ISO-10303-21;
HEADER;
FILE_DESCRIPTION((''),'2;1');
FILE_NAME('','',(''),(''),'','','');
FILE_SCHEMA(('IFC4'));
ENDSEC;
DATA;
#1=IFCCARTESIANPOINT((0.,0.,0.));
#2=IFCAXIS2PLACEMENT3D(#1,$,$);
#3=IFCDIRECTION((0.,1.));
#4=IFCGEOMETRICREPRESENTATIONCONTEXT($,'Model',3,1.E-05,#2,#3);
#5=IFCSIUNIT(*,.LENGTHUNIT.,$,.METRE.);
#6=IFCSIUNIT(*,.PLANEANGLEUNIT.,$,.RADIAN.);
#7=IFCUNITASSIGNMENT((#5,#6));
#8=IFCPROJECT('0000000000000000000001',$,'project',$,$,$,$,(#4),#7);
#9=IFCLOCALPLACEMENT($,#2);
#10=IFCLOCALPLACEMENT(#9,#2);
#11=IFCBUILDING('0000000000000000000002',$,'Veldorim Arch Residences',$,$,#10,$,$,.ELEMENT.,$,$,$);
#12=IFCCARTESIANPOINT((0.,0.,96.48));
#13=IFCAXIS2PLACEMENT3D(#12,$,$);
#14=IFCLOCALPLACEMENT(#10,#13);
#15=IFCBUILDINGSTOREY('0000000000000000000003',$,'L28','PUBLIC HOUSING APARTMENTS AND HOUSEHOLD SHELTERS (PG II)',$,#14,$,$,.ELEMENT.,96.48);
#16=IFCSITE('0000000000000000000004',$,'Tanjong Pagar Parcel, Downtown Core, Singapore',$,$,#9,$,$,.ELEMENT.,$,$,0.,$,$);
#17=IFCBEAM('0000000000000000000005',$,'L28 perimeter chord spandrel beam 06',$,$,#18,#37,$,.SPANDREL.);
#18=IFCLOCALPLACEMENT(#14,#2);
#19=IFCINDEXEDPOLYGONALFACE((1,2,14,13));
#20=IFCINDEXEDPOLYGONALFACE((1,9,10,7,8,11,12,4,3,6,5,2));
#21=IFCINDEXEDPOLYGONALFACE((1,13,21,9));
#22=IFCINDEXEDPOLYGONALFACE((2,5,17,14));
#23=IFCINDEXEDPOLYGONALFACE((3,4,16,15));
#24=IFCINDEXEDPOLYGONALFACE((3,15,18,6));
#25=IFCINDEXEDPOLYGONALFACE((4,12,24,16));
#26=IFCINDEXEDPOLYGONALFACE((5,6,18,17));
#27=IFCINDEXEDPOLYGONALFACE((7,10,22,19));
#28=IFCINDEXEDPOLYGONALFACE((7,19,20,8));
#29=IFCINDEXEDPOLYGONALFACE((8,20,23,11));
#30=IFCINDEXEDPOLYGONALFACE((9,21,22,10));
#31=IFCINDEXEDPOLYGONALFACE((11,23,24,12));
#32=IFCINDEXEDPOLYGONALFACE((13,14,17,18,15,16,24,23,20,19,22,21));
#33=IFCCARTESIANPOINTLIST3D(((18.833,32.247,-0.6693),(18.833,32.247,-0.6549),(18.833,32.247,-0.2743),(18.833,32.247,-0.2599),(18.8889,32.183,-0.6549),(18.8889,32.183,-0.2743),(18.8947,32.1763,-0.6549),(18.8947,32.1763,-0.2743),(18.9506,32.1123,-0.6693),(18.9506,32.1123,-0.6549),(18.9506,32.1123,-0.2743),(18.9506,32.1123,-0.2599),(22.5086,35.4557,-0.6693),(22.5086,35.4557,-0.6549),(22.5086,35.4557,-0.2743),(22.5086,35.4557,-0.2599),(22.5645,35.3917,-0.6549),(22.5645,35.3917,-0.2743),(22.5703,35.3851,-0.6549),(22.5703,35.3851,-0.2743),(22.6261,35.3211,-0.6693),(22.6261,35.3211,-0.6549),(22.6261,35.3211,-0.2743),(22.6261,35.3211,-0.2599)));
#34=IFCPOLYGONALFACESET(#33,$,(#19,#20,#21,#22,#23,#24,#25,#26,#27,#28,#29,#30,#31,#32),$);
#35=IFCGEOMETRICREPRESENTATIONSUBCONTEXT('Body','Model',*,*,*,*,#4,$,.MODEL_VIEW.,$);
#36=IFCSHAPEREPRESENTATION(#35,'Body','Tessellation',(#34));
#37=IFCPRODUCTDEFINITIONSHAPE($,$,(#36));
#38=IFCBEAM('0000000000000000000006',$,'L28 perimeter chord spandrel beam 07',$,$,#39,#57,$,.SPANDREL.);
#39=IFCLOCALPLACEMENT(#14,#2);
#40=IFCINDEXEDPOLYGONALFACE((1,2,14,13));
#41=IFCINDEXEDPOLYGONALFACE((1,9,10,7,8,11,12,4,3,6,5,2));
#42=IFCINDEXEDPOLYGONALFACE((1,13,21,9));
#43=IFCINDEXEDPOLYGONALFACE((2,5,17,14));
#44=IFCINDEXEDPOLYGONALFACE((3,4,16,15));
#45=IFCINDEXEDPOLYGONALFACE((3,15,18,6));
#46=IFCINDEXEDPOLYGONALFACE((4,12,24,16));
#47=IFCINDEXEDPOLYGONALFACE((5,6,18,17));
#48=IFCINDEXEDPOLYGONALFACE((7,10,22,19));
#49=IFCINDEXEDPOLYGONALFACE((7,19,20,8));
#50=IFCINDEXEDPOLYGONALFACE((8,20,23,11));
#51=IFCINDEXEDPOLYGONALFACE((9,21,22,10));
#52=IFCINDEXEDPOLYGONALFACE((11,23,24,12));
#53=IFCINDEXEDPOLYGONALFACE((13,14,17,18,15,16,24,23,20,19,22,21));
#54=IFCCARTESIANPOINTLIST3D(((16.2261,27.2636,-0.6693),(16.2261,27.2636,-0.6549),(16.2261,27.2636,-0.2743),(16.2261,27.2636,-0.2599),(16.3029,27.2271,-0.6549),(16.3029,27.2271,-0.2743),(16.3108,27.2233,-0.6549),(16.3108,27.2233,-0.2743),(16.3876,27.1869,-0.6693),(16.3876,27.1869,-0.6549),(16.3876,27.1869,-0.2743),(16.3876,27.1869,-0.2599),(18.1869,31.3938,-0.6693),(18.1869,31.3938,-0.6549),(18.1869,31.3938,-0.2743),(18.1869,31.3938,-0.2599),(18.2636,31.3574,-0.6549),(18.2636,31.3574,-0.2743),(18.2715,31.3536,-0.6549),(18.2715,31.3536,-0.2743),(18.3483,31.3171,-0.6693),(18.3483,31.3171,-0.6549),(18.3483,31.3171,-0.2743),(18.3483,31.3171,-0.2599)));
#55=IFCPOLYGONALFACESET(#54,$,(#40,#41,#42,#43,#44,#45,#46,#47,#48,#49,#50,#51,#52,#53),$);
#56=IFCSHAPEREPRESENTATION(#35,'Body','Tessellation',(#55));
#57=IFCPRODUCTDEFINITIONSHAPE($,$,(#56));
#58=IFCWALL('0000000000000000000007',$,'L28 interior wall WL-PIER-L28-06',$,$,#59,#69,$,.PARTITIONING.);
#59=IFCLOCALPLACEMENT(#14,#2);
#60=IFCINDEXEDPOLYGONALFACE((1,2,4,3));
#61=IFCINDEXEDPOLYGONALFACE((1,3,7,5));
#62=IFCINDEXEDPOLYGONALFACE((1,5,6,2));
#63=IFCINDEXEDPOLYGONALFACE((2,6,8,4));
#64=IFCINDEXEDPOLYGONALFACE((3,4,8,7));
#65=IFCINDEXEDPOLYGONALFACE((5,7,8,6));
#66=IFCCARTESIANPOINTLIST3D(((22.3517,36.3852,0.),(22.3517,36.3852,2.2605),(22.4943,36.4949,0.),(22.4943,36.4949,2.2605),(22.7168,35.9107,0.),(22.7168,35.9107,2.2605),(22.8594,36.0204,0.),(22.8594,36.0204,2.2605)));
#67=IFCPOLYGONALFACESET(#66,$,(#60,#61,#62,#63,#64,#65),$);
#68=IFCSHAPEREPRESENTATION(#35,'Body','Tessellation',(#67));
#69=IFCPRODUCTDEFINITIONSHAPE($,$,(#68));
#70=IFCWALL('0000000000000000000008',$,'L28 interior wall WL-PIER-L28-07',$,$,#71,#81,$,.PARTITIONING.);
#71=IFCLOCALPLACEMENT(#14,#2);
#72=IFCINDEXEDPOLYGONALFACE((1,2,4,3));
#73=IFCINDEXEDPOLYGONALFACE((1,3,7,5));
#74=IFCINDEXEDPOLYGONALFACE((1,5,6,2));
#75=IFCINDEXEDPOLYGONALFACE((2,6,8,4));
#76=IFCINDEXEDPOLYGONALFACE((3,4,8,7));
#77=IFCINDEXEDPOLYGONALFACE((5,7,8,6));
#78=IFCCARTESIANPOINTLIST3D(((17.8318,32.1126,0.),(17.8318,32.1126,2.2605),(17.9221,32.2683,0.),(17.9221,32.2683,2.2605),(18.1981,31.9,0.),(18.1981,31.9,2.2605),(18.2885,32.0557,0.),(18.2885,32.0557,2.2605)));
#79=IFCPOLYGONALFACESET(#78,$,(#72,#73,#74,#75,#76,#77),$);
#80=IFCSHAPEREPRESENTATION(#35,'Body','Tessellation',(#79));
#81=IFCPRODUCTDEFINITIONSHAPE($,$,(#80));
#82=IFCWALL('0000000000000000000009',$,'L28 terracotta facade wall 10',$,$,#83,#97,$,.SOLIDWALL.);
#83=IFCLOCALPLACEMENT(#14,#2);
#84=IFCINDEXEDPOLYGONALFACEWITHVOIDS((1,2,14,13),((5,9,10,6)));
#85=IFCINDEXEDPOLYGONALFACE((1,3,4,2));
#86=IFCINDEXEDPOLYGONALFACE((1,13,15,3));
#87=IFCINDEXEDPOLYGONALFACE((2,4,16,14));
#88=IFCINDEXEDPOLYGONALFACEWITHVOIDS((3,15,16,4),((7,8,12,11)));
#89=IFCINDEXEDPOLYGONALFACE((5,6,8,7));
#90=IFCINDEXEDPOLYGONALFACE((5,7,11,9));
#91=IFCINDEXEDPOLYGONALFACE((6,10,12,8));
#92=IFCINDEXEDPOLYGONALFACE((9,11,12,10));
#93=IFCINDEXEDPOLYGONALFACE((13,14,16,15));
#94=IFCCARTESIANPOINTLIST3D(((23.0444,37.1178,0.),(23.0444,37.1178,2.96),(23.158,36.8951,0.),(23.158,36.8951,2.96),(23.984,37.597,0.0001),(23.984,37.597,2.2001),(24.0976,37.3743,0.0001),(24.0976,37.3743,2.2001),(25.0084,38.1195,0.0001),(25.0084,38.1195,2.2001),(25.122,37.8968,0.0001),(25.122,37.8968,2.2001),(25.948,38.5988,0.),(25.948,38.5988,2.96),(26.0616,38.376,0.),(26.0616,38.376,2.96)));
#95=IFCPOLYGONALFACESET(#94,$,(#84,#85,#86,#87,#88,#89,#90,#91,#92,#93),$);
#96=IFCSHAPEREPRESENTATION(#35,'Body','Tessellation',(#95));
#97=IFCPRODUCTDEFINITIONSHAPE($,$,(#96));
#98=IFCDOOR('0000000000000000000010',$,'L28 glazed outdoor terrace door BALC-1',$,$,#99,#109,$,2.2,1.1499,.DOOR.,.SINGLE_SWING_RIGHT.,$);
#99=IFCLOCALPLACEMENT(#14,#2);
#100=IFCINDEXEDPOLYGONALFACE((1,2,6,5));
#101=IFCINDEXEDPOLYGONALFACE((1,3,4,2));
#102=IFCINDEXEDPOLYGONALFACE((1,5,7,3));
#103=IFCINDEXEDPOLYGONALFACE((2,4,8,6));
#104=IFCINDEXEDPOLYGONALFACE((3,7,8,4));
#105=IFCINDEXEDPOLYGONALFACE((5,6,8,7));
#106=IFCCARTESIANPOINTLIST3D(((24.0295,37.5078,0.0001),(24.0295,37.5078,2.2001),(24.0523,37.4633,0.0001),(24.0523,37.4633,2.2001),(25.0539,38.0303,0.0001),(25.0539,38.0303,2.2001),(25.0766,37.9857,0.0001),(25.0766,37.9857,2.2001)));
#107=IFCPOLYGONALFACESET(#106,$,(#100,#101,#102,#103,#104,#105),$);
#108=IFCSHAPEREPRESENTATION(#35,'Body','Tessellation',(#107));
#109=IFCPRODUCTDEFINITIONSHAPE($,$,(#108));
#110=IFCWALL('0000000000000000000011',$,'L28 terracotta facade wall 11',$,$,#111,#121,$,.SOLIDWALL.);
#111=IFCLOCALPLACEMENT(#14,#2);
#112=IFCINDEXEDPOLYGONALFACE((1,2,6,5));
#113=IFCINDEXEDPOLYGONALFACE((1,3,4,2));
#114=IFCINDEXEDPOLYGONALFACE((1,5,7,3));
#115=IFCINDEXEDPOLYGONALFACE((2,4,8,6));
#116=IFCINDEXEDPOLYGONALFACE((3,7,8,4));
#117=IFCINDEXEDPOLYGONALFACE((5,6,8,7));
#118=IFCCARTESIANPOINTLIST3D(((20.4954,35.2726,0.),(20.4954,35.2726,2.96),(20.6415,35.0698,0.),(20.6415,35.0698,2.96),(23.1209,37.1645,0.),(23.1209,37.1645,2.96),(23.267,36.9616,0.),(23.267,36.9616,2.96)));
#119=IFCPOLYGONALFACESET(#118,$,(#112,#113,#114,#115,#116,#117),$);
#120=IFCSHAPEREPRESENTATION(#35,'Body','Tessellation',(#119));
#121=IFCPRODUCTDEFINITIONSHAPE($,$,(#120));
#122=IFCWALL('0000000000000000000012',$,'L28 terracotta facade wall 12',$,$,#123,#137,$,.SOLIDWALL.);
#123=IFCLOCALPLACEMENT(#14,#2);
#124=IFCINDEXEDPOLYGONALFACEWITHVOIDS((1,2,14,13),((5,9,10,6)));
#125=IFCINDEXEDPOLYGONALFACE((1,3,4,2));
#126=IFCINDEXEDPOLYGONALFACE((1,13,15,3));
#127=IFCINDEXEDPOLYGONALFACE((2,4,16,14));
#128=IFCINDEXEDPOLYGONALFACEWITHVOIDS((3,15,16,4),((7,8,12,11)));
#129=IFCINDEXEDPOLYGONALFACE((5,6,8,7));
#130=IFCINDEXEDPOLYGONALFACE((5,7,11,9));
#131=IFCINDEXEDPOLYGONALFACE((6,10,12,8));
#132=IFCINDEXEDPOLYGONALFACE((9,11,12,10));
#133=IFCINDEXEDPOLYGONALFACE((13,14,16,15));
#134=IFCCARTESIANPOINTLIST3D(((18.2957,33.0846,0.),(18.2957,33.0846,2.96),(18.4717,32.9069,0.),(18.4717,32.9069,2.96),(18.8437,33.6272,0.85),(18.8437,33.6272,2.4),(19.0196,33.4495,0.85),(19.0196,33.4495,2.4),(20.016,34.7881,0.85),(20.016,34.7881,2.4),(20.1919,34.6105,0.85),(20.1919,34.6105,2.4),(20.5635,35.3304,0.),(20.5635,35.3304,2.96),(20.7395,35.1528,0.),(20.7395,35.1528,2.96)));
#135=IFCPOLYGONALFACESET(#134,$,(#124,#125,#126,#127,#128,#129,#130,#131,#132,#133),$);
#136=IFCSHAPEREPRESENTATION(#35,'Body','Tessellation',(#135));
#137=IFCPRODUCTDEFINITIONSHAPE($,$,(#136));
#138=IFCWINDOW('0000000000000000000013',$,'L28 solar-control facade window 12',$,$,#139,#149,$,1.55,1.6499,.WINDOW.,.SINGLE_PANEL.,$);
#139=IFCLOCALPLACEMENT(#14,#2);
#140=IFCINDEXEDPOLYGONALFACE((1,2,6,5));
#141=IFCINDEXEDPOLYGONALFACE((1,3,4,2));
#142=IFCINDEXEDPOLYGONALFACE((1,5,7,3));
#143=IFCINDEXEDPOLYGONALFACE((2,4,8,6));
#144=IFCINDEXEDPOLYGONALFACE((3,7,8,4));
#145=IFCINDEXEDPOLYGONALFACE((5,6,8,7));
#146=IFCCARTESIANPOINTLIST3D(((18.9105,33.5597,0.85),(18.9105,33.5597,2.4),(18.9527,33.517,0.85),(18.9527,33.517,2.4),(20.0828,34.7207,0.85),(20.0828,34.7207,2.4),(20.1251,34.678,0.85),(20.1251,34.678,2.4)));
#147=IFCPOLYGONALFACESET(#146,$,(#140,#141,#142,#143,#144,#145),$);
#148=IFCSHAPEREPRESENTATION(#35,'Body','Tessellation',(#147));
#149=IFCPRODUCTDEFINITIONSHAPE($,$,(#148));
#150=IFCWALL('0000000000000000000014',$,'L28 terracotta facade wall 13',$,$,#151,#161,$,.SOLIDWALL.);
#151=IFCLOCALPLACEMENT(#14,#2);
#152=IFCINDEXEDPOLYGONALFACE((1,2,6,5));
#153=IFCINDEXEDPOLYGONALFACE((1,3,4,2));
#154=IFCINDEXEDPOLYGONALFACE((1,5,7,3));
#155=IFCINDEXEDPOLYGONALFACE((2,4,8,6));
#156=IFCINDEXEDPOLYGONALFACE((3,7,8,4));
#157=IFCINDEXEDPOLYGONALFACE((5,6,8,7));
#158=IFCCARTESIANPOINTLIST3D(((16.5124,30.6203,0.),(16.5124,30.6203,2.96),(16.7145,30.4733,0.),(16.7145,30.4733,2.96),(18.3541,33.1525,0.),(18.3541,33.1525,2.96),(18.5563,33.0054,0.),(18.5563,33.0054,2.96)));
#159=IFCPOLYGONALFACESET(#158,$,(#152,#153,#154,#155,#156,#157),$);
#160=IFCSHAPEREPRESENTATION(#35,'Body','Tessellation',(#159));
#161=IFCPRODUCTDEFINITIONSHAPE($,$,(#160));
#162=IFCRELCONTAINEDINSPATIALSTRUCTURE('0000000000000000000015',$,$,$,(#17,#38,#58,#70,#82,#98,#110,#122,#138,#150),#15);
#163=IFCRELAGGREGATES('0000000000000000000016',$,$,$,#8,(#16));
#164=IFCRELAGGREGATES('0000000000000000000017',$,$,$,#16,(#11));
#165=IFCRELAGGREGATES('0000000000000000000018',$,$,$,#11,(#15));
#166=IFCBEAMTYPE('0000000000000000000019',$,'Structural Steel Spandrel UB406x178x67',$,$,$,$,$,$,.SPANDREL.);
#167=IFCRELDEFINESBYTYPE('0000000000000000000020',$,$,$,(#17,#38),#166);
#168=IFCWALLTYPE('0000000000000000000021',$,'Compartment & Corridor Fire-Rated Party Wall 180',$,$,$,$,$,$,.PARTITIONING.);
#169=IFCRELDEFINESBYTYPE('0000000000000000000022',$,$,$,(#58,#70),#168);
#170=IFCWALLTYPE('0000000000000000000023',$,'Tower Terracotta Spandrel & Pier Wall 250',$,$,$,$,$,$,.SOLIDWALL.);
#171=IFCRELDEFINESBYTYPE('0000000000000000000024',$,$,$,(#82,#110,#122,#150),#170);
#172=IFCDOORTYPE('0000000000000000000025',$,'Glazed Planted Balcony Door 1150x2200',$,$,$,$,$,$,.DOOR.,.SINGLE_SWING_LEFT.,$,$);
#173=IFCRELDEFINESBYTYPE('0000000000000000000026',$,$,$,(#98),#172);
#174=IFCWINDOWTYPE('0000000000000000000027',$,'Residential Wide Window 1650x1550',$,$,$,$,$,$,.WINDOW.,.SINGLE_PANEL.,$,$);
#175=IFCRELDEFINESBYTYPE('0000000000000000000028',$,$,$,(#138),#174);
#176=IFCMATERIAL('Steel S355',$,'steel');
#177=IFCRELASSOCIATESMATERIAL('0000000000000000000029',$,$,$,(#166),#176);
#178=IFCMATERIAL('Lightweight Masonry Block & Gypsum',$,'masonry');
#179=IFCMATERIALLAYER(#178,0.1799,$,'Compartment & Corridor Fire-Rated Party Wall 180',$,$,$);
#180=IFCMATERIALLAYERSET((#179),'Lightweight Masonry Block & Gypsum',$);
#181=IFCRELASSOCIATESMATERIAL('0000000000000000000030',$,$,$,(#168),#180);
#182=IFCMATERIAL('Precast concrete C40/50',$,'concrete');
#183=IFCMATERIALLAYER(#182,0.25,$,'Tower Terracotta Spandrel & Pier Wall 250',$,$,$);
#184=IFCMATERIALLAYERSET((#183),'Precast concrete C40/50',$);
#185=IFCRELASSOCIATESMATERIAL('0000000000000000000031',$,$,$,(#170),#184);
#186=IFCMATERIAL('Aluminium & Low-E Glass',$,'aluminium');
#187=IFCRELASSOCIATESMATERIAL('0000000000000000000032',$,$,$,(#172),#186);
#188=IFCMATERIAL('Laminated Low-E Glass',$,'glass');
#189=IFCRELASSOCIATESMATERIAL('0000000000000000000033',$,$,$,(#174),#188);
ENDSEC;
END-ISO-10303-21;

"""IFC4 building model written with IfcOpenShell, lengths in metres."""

from ifc_helpers import new_model, si_unit, direction, frame, frame_2d, origin, origin_2d, place, context, subcontext, project, spatial, rectangle, i_section, extrude, material, layer, layer_set, material_profile, profile_set, type_object, element, fill, save


model = new_model("IFC4")

# Units and contexts
model_context = context("Model", 3, precision=1e-05, world=origin(), true_north=direction((0.0, 1.0)))
body_context = subcontext(model_context, "Body", "Model", "MODEL_VIEW")
ifc_project = project(units=[si_unit("LENGTHUNIT", "METRE"), si_unit("PLANEANGLEUNIT", "RADIAN")], contexts=[model_context])

# Site, building, storey
site_placement = place(None, origin())
site = spatial("IfcSite", under=ifc_project, at=site_placement, Name="Tanjong Pagar Parcel, Downtown Core, Singapore", CompositionType="ELEMENT", RefElevation=0.0)
building_placement = place(site_placement, origin())
building = spatial("IfcBuilding", under=site, at=building_placement, Name="Veldorim Arch Residences", CompositionType="ELEMENT")
storey_placement = place(building_placement, frame((0.0, 0.0, 96.48)))
storey = spatial("IfcBuildingStorey", under=building, at=storey_placement, Name="L28", Description="PUBLIC HOUSING APARTMENTS AND HOUSEHOLD SHELTERS (PG II)", CompositionType="ELEMENT", Elevation=96.48)

# Beams
ifc_material_1 = material(Name="Steel S355", Category="steel")
ifc_material_profile_1 = material_profile(ifc_material_1, i_section(OverallWidth=0.1787, OverallDepth=0.4094, WebThickness=0.0088, FlangeThickness=0.0144, at=origin_2d()), Name="UB406x178x67")
ifc_profile_set_1 = profile_set([ifc_material_profile_1], Name="Steel S355")
beam_type_1 = type_object("IfcBeamType", Name="Structural Steel Spandrel UB406x178x67", PredefinedType="SPANDREL", material=ifc_profile_set_1)
beam_1_placement = place(storey_placement, frame((22.5674, 35.3884, -0.4646), z_axis=(-0.753323, -0.65765, 0.0), x_axis=(0.65765, -0.753323, 0.0)))
element("IfcBeam", 1, at=beam_1_placement, inside=storey, type_object=beam_type_1, Name="L28 perimeter chord spandrel beam 06", PredefinedType="SPANDREL", context=body_context, shape_type="SweptSolid", body=[
    extrude(i_section(OverallWidth=0.1787, OverallDepth=0.4094, WebThickness=0.0088, FlangeThickness=0.0144, at=origin_2d()), origin(), (0.0, 0.0, 1.0), 4.8792),
])
beam_2_placement = place(storey_placement, frame((18.2676, 31.3555, -0.4646), z_axis=(-0.428857, -0.903372, 0.0), x_axis=(0.903372, -0.428857, 0.0)))
element("IfcBeam", 2, at=beam_2_placement, inside=storey, type_object=beam_type_1, Name="L28 perimeter chord spandrel beam 07", PredefinedType="SPANDREL", context=body_context, shape_type="SweptSolid", body=[
    extrude(i_section(OverallWidth=0.1787, OverallDepth=0.4094, WebThickness=0.0088, FlangeThickness=0.0144, at=origin_2d()), origin(), (0.0, 0.0, 1.0), 4.572),
])

# Walls
ifc_material_2 = material(Name="Lightweight Masonry Block & Gypsum", Category="masonry")
ifc_layer_1 = layer(ifc_material_2, 0.1799, Name="Compartment & Corridor Fire-Rated Party Wall 180")
ifc_layer_set_1 = layer_set([ifc_layer_1], Name="Lightweight Masonry Block & Gypsum")
wall_type_1 = type_object("IfcWallType", Name="Compartment & Corridor Fire-Rated Party Wall 180", PredefinedType="PARTITIONING", material=ifc_layer_set_1)
wall_1_placement = place(storey_placement, frame((22.7881, 35.9656, 0.0), z_axis=(0.0, 0.0, 1.0), x_axis=(-0.609809, 0.792548, 0.0)))
element("IfcWall", 3, at=wall_1_placement, inside=storey, type_object=wall_type_1, Name="L28 interior wall WL-PIER-L28-06", PredefinedType="PARTITIONING", context=body_context, shape_type="SweptSolid", body=[
    extrude(rectangle(XDim=0.5986, YDim=0.1799, at=frame_2d((0.2993, 0.0))), origin(), (0.0, 0.0, 1.0), 2.2605),
])
wall_2_placement = place(storey_placement, frame((18.2434, 31.9778, 0.0), z_axis=(0.0, 0.0, 1.0), x_axis=(-0.864926, 0.501899, 0.0)))
element("IfcWall", 4, at=wall_2_placement, inside=storey, type_object=wall_type_1, Name="L28 interior wall WL-PIER-L28-07", PredefinedType="PARTITIONING", context=body_context, shape_type="SweptSolid", body=[
    extrude(rectangle(XDim=0.4236, YDim=0.1799, at=frame_2d((0.2119, 0.0))), origin(), (0.0, 0.0, 1.0), 2.2605),
])

# Wall, opening, door
ifc_material_3 = material(Name="Precast concrete C40/50", Category="concrete")
ifc_layer_2 = layer(ifc_material_3, 0.25, Name="Tower Terracotta Spandrel & Pier Wall 250")
ifc_layer_set_2 = layer_set([ifc_layer_2], Name="Precast concrete C40/50")
wall_type_2 = type_object("IfcWallType", Name="Tower Terracotta Spandrel & Pier Wall 250", PredefinedType="SOLIDWALL", material=ifc_layer_set_2)
wall_3_placement = place(storey_placement, frame((23.1011, 37.0063, 0.0), z_axis=(0.0, 0.0, 1.0), x_axis=(0.890818, 0.45436, 0.0)))
wall_3 = element("IfcWall", 5, at=wall_3_placement, inside=storey, type_object=wall_type_2, Name="L28 terracotta facade wall 10", PredefinedType="SOLIDWALL", context=body_context, shape_type="SweptSolid", body=[
    extrude(rectangle(XDim=3.2595, YDim=0.25, at=frame_2d((1.6299, 0.0))), origin(), (0.0, 0.0, 1.0), 2.96),
])
opening_1_placement = place(wall_3_placement, frame((1.0549, 0.0, 0.0)))
opening_1 = element("IfcOpeningElement", 6, at=opening_1_placement, cuts=wall_3, PredefinedType="OPENING", context=body_context, shape_type="SweptSolid", body=[
    extrude(rectangle(XDim=1.1499, YDim=2.2, at=frame_2d((0.575, 1.1001))), frame((0.0, 0.135, 0.0), z_axis=(0.0, -1.0, 0.0), x_axis=(1.0, 0.0, 0.0)), (0.0, 0.0, 1.0), 0.27),
])
ifc_material_4 = material(Name="Aluminium & Low-E Glass", Category="aluminium")
door_type_1 = type_object("IfcDoorType", Name="Glazed Planted Balcony Door 1150x2200", OperationType="SINGLE_SWING_LEFT", PredefinedType="DOOR", material=ifc_material_4)
door_1_placement = place(opening_1_placement, origin())
door_1 = element("IfcDoor", 7, at=door_1_placement, inside=storey, type_object=door_type_1, Name="L28 glazed outdoor terrace door BALC-1", OperationType="SINGLE_SWING_RIGHT", OverallHeight=2.2, OverallWidth=1.1499, PredefinedType="DOOR", context=body_context, shape_type="SweptSolid", body=[
    extrude(rectangle(XDim=1.1499, YDim=2.2, at=frame_2d((0.575, 1.1001))), frame((0.0, 0.0249, 0.0), z_axis=(0.0, -1.0, 0.0), x_axis=(1.0, 0.0, 0.0)), (0.0, 0.0, 1.0), 0.05),
])
fill(opening_1, door_1)

# Wall
wall_4_placement = place(storey_placement, frame((20.5684, 35.1711, 0.0), z_axis=(0.0, 0.0, 1.0), x_axis=(0.811315, 0.584609, 0.0)))
element("IfcWall", 8, at=wall_4_placement, inside=storey, type_object=wall_type_2, Name="L28 terracotta facade wall 11", PredefinedType="SOLIDWALL", context=body_context, shape_type="SweptSolid", body=[
    extrude(rectangle(XDim=3.2361, YDim=0.25, at=frame_2d((1.6182, 0.0))), origin(), (0.0, 0.0, 1.0), 2.96),
])

# Wall, opening, window
wall_5_placement = place(storey_placement, frame((18.3838, 32.9958, 0.0), z_axis=(0.0, 0.0, 1.0), x_axis=(0.710541, 0.703656, 0.0)))
wall_5 = element("IfcWall", 9, at=wall_5_placement, inside=storey, type_object=wall_type_2, Name="L28 terracotta facade wall 12", PredefinedType="SOLIDWALL", context=body_context, shape_type="SweptSolid", body=[
    extrude(rectangle(XDim=3.1917, YDim=0.25, at=frame_2d((1.5957, 0.0))), origin(), (0.0, 0.0, 1.0), 2.96),
])
opening_2_placement = place(wall_5_placement, frame((0.771, 0.0, 0.8501)))
opening_2 = element("IfcOpeningElement", 10, at=opening_2_placement, cuts=wall_5, PredefinedType="OPENING", context=body_context, shape_type="SweptSolid", body=[
    extrude(rectangle(XDim=1.6499, YDim=1.55, at=frame_2d((0.825, 0.7749))), frame((0.0, 0.135, 0.0), z_axis=(0.0, -1.0, 0.0), x_axis=(1.0, 0.0, 0.0)), (0.0, 0.0, 1.0), 0.27),
])
ifc_material_5 = material(Name="Laminated Low-E Glass", Category="glass")
window_type_1 = type_object("IfcWindowType", Name="Residential Wide Window 1650x1550", PartitioningType="SINGLE_PANEL", PredefinedType="WINDOW", material=ifc_material_5)
window_1_placement = place(opening_2_placement, origin())
window_1 = element("IfcWindow", 11, at=window_1_placement, inside=storey, type_object=window_type_1, Name="L28 solar-control facade window 12", OverallHeight=1.55, OverallWidth=1.6499, PartitioningType="SINGLE_PANEL", PredefinedType="WINDOW", context=body_context, shape_type="SweptSolid", body=[
    extrude(rectangle(XDim=1.6499, YDim=1.55, at=frame_2d((0.825, 0.7749))), frame((0.0, 0.03, 0.0), z_axis=(0.0, -1.0, 0.0), x_axis=(1.0, 0.0, 0.0)), (0.0, 0.0, 1.0), 0.0601),
])
fill(opening_2, window_1)

# Wall
wall_6_placement = place(storey_placement, frame((16.6135, 30.5469, 0.0), z_axis=(0.0, 0.0, 1.0), x_axis=(0.588209, 0.808709, 0.0)))
element("IfcWall", 12, at=wall_6_placement, inside=storey, type_object=wall_type_2, Name="L28 terracotta facade wall 13", PredefinedType="SOLIDWALL", context=body_context, shape_type="SweptSolid", body=[
    extrude(rectangle(XDim=3.1311, YDim=0.25, at=frame_2d((1.5654, 0.0))), origin(), (0.0, 0.0, 1.0), 2.96),
])

save(model, "model.ifc")
